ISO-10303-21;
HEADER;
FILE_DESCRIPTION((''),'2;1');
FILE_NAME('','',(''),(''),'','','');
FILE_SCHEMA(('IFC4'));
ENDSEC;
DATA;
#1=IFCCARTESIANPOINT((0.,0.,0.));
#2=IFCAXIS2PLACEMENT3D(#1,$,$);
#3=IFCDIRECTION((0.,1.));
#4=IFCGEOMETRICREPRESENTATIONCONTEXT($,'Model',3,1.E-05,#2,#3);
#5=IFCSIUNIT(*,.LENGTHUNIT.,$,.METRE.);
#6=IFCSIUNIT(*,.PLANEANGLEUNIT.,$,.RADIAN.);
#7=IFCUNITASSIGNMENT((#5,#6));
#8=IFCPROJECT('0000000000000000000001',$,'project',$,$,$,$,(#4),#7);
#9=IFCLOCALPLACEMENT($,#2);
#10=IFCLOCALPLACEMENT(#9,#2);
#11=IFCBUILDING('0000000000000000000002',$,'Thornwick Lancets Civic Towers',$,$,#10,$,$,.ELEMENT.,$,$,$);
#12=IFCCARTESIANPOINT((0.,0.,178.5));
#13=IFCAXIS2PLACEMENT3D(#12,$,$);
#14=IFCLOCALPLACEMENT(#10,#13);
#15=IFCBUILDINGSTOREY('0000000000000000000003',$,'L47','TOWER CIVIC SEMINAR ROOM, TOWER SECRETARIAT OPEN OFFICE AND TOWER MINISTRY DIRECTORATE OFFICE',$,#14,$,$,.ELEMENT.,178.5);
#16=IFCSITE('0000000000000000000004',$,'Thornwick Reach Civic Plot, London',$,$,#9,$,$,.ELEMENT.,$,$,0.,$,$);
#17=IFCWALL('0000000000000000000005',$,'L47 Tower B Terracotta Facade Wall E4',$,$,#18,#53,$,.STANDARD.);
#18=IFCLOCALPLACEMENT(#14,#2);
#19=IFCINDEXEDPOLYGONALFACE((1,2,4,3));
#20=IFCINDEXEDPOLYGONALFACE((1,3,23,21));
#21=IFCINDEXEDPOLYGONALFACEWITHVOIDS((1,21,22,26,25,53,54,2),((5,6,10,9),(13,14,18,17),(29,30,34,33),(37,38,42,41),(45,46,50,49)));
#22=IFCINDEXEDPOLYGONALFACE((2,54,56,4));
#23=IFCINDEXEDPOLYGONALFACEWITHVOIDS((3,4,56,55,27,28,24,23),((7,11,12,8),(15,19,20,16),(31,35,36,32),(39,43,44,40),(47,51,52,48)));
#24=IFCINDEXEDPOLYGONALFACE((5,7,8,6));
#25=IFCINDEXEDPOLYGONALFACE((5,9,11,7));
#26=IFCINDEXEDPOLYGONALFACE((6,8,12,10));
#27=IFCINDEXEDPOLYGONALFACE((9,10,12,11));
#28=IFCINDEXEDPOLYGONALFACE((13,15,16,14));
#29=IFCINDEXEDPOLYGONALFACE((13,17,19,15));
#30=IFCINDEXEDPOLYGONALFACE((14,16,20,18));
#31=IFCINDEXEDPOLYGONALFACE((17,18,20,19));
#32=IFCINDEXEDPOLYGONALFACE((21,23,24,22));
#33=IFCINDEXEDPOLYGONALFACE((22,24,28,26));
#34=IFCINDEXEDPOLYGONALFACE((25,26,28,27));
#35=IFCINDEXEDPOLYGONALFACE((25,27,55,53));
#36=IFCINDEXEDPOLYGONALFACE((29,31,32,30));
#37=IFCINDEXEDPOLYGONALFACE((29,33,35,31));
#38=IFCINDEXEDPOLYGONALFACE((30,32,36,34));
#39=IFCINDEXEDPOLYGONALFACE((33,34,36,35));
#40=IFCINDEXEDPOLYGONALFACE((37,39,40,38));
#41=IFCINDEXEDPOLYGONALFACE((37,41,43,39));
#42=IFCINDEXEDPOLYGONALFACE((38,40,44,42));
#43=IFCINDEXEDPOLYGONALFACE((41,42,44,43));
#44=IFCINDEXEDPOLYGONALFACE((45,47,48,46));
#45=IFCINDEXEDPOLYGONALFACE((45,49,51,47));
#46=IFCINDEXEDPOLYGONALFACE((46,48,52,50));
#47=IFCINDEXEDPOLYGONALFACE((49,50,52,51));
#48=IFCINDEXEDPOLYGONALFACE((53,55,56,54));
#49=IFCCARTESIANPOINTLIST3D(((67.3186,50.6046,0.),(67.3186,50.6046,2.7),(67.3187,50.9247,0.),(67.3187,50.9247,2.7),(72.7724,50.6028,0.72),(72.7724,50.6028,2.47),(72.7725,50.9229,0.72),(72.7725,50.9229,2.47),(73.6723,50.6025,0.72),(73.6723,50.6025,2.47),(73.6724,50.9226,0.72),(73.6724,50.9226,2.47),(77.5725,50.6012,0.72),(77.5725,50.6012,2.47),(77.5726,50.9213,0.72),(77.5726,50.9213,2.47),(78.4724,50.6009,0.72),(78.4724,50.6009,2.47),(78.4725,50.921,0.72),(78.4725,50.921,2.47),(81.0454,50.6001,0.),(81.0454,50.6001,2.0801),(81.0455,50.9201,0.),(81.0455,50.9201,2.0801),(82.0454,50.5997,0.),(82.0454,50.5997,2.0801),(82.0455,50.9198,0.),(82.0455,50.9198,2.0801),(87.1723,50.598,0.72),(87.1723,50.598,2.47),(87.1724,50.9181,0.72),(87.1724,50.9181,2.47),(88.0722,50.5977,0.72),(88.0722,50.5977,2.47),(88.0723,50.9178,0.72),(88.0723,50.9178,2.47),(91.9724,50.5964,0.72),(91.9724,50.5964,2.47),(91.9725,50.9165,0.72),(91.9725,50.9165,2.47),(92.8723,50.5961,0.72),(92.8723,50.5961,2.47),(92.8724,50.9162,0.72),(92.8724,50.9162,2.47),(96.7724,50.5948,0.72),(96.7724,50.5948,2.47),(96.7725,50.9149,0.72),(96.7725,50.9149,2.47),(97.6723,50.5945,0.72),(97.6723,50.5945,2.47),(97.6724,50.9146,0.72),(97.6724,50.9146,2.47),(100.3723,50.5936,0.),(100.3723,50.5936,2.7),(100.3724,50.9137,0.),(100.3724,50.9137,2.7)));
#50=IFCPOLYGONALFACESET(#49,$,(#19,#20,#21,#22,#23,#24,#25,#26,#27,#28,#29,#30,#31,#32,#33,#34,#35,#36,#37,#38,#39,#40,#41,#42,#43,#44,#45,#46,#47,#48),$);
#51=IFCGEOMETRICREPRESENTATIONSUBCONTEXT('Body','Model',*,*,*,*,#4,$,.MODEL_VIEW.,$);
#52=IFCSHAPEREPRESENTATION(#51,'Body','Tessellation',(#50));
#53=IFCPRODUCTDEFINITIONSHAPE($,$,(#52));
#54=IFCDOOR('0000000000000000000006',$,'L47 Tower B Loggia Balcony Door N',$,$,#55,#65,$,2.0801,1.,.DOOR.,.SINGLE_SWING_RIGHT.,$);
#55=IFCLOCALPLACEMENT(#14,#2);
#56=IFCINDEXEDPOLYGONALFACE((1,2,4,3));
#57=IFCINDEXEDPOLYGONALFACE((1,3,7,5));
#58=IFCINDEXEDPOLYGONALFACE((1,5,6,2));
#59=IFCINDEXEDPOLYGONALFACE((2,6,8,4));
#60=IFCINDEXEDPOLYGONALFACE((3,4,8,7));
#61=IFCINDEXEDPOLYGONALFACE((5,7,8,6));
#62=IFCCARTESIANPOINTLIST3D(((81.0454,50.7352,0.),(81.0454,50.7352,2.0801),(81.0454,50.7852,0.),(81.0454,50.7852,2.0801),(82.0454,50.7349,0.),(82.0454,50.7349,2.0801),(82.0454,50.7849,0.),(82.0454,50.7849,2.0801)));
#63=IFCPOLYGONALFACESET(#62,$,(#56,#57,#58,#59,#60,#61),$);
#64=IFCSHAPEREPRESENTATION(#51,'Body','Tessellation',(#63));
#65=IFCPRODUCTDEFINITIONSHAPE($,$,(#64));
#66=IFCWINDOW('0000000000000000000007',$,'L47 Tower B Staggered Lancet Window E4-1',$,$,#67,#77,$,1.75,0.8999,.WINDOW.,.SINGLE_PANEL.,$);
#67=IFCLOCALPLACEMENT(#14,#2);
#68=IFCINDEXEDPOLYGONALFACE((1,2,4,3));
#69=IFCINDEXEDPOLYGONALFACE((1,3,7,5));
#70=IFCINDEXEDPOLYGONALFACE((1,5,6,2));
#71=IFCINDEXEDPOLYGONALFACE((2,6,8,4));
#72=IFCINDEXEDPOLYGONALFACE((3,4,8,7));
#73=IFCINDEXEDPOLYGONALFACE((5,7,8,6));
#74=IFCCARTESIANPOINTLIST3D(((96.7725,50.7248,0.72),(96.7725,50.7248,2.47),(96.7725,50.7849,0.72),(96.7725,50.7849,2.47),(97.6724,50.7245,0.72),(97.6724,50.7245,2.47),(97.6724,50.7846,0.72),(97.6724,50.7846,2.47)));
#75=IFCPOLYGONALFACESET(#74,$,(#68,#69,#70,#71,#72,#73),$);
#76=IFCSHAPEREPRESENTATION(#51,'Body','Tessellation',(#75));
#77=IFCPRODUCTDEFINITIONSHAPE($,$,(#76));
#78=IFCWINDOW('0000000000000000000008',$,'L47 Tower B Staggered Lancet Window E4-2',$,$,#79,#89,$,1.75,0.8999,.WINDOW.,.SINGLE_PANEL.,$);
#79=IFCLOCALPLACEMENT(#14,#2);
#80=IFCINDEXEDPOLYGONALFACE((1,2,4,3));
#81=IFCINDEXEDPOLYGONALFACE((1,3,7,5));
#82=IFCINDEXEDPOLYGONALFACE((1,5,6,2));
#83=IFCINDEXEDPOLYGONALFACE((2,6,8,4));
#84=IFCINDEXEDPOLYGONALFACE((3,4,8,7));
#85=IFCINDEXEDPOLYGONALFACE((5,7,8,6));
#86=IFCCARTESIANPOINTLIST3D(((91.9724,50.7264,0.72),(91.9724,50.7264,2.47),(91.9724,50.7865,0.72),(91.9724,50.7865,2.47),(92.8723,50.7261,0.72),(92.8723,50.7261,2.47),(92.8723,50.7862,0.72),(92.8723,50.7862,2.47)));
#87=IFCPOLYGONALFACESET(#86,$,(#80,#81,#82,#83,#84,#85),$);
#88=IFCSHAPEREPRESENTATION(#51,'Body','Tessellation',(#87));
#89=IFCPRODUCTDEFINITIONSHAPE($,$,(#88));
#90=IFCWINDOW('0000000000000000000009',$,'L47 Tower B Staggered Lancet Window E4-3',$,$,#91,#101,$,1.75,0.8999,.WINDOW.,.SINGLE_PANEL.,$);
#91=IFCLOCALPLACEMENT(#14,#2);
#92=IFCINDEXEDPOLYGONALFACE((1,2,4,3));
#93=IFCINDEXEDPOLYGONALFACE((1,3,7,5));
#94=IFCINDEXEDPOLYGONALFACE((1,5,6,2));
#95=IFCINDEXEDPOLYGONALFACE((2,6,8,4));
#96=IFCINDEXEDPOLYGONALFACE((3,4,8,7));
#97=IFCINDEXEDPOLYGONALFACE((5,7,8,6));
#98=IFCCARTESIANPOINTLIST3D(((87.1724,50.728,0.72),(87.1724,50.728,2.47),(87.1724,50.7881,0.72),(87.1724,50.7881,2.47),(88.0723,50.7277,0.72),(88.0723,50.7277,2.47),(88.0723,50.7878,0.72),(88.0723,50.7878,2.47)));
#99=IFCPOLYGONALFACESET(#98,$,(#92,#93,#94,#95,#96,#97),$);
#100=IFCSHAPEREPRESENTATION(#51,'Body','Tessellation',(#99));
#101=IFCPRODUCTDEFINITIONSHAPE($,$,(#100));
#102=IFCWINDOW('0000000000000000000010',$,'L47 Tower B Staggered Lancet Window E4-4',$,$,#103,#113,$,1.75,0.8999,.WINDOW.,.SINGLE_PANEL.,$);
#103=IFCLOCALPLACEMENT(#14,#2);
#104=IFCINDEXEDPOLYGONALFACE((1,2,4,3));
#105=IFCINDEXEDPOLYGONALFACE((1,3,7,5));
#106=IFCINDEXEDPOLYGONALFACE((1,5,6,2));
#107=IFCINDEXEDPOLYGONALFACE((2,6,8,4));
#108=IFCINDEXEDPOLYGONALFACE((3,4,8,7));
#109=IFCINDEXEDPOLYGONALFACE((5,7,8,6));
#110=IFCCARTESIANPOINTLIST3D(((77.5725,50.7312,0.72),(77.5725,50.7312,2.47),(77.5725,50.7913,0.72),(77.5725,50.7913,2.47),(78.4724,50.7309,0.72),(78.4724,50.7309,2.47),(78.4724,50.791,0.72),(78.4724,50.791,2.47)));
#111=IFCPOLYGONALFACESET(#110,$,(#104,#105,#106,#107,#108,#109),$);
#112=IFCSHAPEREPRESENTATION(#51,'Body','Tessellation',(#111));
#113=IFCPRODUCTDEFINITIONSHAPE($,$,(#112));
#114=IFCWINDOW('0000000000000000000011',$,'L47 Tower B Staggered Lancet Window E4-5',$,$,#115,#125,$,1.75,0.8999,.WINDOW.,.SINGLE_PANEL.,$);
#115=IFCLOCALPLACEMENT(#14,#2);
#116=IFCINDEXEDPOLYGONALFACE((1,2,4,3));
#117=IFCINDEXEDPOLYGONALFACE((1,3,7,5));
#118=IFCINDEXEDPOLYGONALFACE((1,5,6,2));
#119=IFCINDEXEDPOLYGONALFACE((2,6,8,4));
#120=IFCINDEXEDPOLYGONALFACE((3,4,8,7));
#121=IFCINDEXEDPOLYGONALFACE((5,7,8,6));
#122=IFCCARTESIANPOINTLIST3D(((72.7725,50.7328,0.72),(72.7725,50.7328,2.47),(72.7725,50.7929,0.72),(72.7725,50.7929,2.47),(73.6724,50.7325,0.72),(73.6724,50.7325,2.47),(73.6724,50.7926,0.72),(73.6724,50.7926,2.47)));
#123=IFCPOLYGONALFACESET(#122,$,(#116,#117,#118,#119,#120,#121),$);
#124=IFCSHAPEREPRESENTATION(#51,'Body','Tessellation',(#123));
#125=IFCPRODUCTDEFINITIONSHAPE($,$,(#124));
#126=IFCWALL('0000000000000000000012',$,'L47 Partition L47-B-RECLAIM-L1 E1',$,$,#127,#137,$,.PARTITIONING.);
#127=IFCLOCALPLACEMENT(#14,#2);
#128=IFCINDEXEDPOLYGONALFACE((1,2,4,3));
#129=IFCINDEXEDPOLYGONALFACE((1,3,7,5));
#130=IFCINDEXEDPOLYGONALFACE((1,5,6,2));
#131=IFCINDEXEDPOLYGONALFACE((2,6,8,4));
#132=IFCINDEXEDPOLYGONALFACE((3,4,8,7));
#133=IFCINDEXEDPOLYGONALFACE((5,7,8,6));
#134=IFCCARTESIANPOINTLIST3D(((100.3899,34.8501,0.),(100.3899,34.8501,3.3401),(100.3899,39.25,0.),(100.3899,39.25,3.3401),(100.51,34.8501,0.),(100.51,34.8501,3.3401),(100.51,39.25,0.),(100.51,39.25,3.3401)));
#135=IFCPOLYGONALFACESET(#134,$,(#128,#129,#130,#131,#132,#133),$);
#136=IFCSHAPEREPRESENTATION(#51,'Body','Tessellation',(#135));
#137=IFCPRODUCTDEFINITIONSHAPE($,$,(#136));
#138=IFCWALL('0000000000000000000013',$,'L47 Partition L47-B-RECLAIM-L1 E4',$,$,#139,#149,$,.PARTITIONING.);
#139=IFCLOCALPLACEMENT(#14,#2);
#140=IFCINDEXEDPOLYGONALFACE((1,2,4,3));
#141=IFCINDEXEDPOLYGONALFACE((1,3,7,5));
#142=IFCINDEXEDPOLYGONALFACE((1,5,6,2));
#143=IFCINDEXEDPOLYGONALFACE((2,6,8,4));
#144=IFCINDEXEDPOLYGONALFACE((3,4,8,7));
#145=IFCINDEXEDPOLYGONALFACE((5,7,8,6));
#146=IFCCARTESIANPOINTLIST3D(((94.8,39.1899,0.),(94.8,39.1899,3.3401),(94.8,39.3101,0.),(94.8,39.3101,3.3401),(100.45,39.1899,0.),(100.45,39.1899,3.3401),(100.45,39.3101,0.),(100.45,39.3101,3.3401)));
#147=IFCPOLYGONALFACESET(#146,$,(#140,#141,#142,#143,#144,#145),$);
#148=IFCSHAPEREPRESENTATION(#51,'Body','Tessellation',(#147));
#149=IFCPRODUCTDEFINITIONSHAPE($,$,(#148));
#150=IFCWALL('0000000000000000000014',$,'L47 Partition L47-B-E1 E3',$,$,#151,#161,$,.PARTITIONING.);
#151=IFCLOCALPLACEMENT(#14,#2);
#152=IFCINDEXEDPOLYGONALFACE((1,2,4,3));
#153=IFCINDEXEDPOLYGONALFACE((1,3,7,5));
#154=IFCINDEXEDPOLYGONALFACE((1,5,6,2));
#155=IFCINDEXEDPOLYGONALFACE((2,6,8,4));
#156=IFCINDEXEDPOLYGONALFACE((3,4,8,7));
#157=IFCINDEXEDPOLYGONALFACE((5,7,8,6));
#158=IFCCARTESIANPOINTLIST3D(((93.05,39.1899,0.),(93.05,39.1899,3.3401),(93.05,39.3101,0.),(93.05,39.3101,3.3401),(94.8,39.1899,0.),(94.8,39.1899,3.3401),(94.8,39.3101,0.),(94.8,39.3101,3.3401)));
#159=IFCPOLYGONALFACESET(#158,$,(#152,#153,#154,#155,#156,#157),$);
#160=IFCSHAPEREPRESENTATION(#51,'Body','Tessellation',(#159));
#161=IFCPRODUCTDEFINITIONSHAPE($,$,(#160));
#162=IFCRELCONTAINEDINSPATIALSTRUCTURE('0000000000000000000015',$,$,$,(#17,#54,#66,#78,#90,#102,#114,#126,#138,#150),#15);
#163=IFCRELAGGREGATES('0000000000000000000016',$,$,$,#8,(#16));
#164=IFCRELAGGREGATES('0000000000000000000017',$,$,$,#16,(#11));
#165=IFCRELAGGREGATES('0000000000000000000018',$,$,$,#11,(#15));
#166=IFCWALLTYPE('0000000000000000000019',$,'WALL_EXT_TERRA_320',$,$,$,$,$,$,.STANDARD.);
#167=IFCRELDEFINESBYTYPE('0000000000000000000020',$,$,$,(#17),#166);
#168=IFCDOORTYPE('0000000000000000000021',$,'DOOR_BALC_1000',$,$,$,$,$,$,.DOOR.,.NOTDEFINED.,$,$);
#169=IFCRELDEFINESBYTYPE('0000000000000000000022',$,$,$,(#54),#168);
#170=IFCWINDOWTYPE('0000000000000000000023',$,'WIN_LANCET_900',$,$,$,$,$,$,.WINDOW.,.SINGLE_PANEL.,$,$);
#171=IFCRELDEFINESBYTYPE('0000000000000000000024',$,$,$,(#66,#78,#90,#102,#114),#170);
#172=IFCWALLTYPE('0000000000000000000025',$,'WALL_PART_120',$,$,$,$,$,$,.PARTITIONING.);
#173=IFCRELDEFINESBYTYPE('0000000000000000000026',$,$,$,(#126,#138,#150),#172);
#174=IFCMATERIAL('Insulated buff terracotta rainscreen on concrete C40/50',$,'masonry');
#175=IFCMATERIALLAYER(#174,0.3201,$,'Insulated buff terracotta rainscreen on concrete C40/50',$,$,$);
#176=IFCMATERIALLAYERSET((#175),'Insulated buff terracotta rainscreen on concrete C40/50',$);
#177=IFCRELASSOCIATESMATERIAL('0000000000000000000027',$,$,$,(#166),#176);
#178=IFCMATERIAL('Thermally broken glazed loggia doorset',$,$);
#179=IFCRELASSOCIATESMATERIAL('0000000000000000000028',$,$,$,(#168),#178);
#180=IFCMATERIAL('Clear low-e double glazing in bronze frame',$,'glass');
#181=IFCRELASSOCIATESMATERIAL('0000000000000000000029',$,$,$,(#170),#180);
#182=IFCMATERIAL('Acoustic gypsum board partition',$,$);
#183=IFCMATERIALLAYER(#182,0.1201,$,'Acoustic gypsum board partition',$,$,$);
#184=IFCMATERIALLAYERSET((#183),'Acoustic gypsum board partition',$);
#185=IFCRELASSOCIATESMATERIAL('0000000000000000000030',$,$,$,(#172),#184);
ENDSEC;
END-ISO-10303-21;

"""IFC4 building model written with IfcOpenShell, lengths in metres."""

from ifc_helpers import new_model, si_unit, direction, frame, frame_2d, origin, place, context, subcontext, project, spatial, rectangle, extrude, material, layer, layer_set, type_object, element, fill, save


model = new_model("IFC4")

# Units and contexts
model_context = context("Model", 3, precision=1e-05, world=origin(), true_north=direction((0.0, 1.0)))
body_context = subcontext(model_context, "Body", "Model", "MODEL_VIEW")
ifc_project = project(units=[si_unit("LENGTHUNIT", "METRE"), si_unit("PLANEANGLEUNIT", "RADIAN")], contexts=[model_context])

# Site, building, storey
site_placement = place(None, origin())
site = spatial("IfcSite", under=ifc_project, at=site_placement, Name="Thornwick Reach Civic Plot, London", CompositionType="ELEMENT", RefElevation=0.0)
building_placement = place(site_placement, origin())
building = spatial("IfcBuilding", under=site, at=building_placement, Name="Thornwick Lancets Civic Towers", CompositionType="ELEMENT")
storey_placement = place(building_placement, frame((0.0, 0.0, 178.5)))
storey = spatial("IfcBuildingStorey", under=building, at=storey_placement, Name="L47", Description="TOWER CIVIC SEMINAR ROOM, TOWER SECRETARIAT OPEN OFFICE AND TOWER MINISTRY DIRECTORATE OFFICE", CompositionType="ELEMENT", Elevation=178.5)

# Wall, openings, door, windows
ifc_material_1 = material(Name="Insulated buff terracotta rainscreen on concrete C40/50", Category="masonry")
ifc_layer_1 = layer(ifc_material_1, 0.3201, Name="Insulated buff terracotta rainscreen on concrete C40/50")
ifc_layer_set_1 = layer_set([ifc_layer_1], Name="Insulated buff terracotta rainscreen on concrete C40/50")
wall_type_1 = type_object("IfcWallType", Name="WALL_EXT_TERRA_320", PredefinedType="STANDARD", material=ifc_layer_set_1)
wall_1_placement = place(storey_placement, frame((100.3723, 50.7537, 0.0), z_axis=(0.0, 0.0, 1.0), x_axis=(-1.0, 0.000332, 0.0)))
wall_1 = element("IfcWall", 1, at=wall_1_placement, inside=storey, type_object=wall_type_1, Name="L47 Tower B Terracotta Facade Wall E4", PredefinedType="STANDARD", context=body_context, shape_type="SweptSolid", body=[
    extrude(rectangle(XDim=33.0537, YDim=0.3201, at=frame_2d((16.5269, 0.0))), origin(), (0.0, 0.0, 1.0), 2.7),
])
opening_1_placement = place(wall_1_placement, frame((18.3269, 0.0, 0.0)))
opening_1 = element("IfcOpeningElement", 2, at=opening_1_placement, cuts=wall_1, PredefinedType="OPENING", context=body_context, shape_type="SweptSolid", body=[
    extrude(rectangle(XDim=1.0, YDim=2.0801, at=frame_2d((0.5, 1.04))), frame((0.0, 0.1699, 0.0), z_axis=(0.0, -1.0, 0.0), x_axis=(1.0, 0.0, 0.0)), (0.0, 0.0, 1.0), 0.3401),
])
opening_2_placement = place(wall_1_placement, frame((2.7, 0.0, 0.72)))
opening_2 = element("IfcOpeningElement", 3, at=opening_2_placement, cuts=wall_1, PredefinedType="OPENING", context=body_context, shape_type="SweptSolid", body=[
    extrude(rectangle(XDim=0.8999, YDim=1.75, at=frame_2d((0.45, 0.875))), frame((0.0, 0.1699, 0.0), z_axis=(0.0, -1.0, 0.0), x_axis=(1.0, 0.0, 0.0)), (0.0, 0.0, 1.0), 0.3401),
])
opening_3_placement = place(wall_1_placement, frame((7.5, 0.0, 0.72)))
opening_3 = element("IfcOpeningElement", 4, at=opening_3_placement, cuts=wall_1, PredefinedType="OPENING", context=body_context, shape_type="SweptSolid", body=[
    extrude(rectangle(XDim=0.8999, YDim=1.75, at=frame_2d((0.45, 0.875))), frame((0.0, 0.1699, 0.0), z_axis=(0.0, -1.0, 0.0), x_axis=(1.0, 0.0, 0.0)), (0.0, 0.0, 1.0), 0.3401),
])
opening_4_placement = place(wall_1_placement, frame((12.3, 0.0, 0.72)))
opening_4 = element("IfcOpeningElement", 5, at=opening_4_placement, cuts=wall_1, PredefinedType="OPENING", context=body_context, shape_type="SweptSolid", body=[
    extrude(rectangle(XDim=0.8999, YDim=1.75, at=frame_2d((0.45, 0.875))), frame((0.0, 0.1699, 0.0), z_axis=(0.0, -1.0, 0.0), x_axis=(1.0, 0.0, 0.0)), (0.0, 0.0, 1.0), 0.3401),
])
opening_5_placement = place(wall_1_placement, frame((21.8999, 0.0, 0.72)))
opening_5 = element("IfcOpeningElement", 6, at=opening_5_placement, cuts=wall_1, PredefinedType="OPENING", context=body_context, shape_type="SweptSolid", body=[
    extrude(rectangle(XDim=0.8999, YDim=1.75, at=frame_2d((0.45, 0.875))), frame((0.0, 0.1699, 0.0), z_axis=(0.0, -1.0, 0.0), x_axis=(1.0, 0.0, 0.0)), (0.0, 0.0, 1.0), 0.3401),
])
opening_6_placement = place(wall_1_placement, frame((26.7, 0.0, 0.72)))
opening_6 = element("IfcOpeningElement", 7, at=opening_6_placement, cuts=wall_1, PredefinedType="OPENING", context=body_context, shape_type="SweptSolid", body=[
    extrude(rectangle(XDim=0.8999, YDim=1.75, at=frame_2d((0.45, 0.875))), frame((0.0, 0.1699, 0.0), z_axis=(0.0, -1.0, 0.0), x_axis=(1.0, 0.0, 0.0)), (0.0, 0.0, 1.0), 0.3401),
])
ifc_material_2 = material(Name="Thermally broken glazed loggia doorset")
door_type = type_object("IfcDoorType", Name="DOOR_BALC_1000", OperationType="NOTDEFINED", PredefinedType="DOOR", material=ifc_material_2)
door_placement = place(opening_1_placement, origin())
door = element("IfcDoor", 8, at=door_placement, inside=storey, type_object=door_type, Name="L47 Tower B Loggia Balcony Door N", OperationType="SINGLE_SWING_RIGHT", OverallHeight=2.0801, OverallWidth=1.0, PredefinedType="DOOR", context=body_context, shape_type="SweptSolid", body=[
    extrude(rectangle(XDim=1.0, YDim=2.0801, at=frame_2d((0.5, 1.04))), frame((0.0, 0.0249, 0.0), z_axis=(0.0, -1.0, 0.0), x_axis=(1.0, 0.0, 0.0)), (0.0, 0.0, 1.0), 0.05),
])
fill(opening_1, door)
ifc_material_3 = material(Name="Clear low-e double glazing in bronze frame", Category="glass")
window_type = type_object("IfcWindowType", Name="WIN_LANCET_900", PartitioningType="SINGLE_PANEL", PredefinedType="WINDOW", material=ifc_material_3)
window_1_placement = place(opening_2_placement, origin())
window_1 = element("IfcWindow", 9, at=window_1_placement, inside=storey, type_object=window_type, Name="L47 Tower B Staggered Lancet Window E4-1", OverallHeight=1.75, OverallWidth=0.8999, PartitioningType="SINGLE_PANEL", PredefinedType="WINDOW", context=body_context, shape_type="SweptSolid", body=[
    extrude(rectangle(XDim=0.8999, YDim=1.75, at=frame_2d((0.45, 0.875))), frame((0.0, 0.03, 0.0), z_axis=(0.0, -1.0, 0.0), x_axis=(1.0, 0.0, 0.0)), (0.0, 0.0, 1.0), 0.0601),
])
fill(opening_2, window_1)
window_2_placement = place(opening_3_placement, origin())
window_2 = element("IfcWindow", 10, at=window_2_placement, inside=storey, type_object=window_type, Name="L47 Tower B Staggered Lancet Window E4-2", OverallHeight=1.75, OverallWidth=0.8999, PartitioningType="SINGLE_PANEL", PredefinedType="WINDOW", context=body_context, shape_type="SweptSolid", body=[
    extrude(rectangle(XDim=0.8999, YDim=1.75, at=frame_2d((0.45, 0.875))), frame((0.0, 0.03, 0.0), z_axis=(0.0, -1.0, 0.0), x_axis=(1.0, 0.0, 0.0)), (0.0, 0.0, 1.0), 0.0601),
])
fill(opening_3, window_2)
window_3_placement = place(opening_4_placement, origin())
window_3 = element("IfcWindow", 11, at=window_3_placement, inside=storey, type_object=window_type, Name="L47 Tower B Staggered Lancet Window E4-3", OverallHeight=1.75, OverallWidth=0.8999, PartitioningType="SINGLE_PANEL", PredefinedType="WINDOW", context=body_context, shape_type="SweptSolid", body=[
    extrude(rectangle(XDim=0.8999, YDim=1.75, at=frame_2d((0.45, 0.875))), frame((0.0, 0.03, 0.0), z_axis=(0.0, -1.0, 0.0), x_axis=(1.0, 0.0, 0.0)), (0.0, 0.0, 1.0), 0.0601),
])
fill(opening_4, window_3)
window_4_placement = place(opening_5_placement, origin())
window_4 = element("IfcWindow", 12, at=window_4_placement, inside=storey, type_object=window_type, Name="L47 Tower B Staggered Lancet Window E4-4", OverallHeight=1.75, OverallWidth=0.8999, PartitioningType="SINGLE_PANEL", PredefinedType="WINDOW", context=body_context, shape_type="SweptSolid", body=[
    extrude(rectangle(XDim=0.8999, YDim=1.75, at=frame_2d((0.45, 0.875))), frame((0.0, 0.03, 0.0), z_axis=(0.0, -1.0, 0.0), x_axis=(1.0, 0.0, 0.0)), (0.0, 0.0, 1.0), 0.0601),
])
fill(opening_5, window_4)
window_5_placement = place(opening_6_placement, origin())
window_5 = element("IfcWindow", 13, at=window_5_placement, inside=storey, type_object=window_type, Name="L47 Tower B Staggered Lancet Window E4-5", OverallHeight=1.75, OverallWidth=0.8999, PartitioningType="SINGLE_PANEL", PredefinedType="WINDOW", context=body_context, shape_type="SweptSolid", body=[
    extrude(rectangle(XDim=0.8999, YDim=1.75, at=frame_2d((0.45, 0.875))), frame((0.0, 0.03, 0.0), z_axis=(0.0, -1.0, 0.0), x_axis=(1.0, 0.0, 0.0)), (0.0, 0.0, 1.0), 0.0601),
])
fill(opening_6, window_5)

# Walls
ifc_material_4 = material(Name="Acoustic gypsum board partition")
ifc_layer_2 = layer(ifc_material_4, 0.1201, Name="Acoustic gypsum board partition")
ifc_layer_set_2 = layer_set([ifc_layer_2], Name="Acoustic gypsum board partition")
wall_type_2 = type_object("IfcWallType", Name="WALL_PART_120", PredefinedType="PARTITIONING", material=ifc_layer_set_2)
wall_2_placement = place(storey_placement, frame((100.45, 39.25, 0.0), z_axis=(0.0, 0.0, 1.0), x_axis=(0.0, -1.0, 0.0)))
element("IfcWall", 14, at=wall_2_placement, inside=storey, type_object=wall_type_2, Name="L47 Partition L47-B-RECLAIM-L1 E1", PredefinedType="PARTITIONING", context=body_context, shape_type="SweptSolid", body=[
    extrude(rectangle(XDim=4.3999, YDim=0.1201, at=frame_2d((2.2, 0.0))), origin(), (0.0, 0.0, 1.0), 3.3401),
])
wall_3_placement = place(storey_placement, frame((94.8, 39.25, 0.0), z_axis=(0.0, 0.0, 1.0), x_axis=(1.0, 0.0, 0.0)))
element("IfcWall", 15, at=wall_3_placement, inside=storey, type_object=wall_type_2, Name="L47 Partition L47-B-RECLAIM-L1 E4", PredefinedType="PARTITIONING", context=body_context, shape_type="SweptSolid", body=[
    extrude(rectangle(XDim=5.6499, YDim=0.1201, at=frame_2d((2.825, 0.0))), origin(), (0.0, 0.0, 1.0), 3.3401),
])
wall_4_placement = place(storey_placement, frame((94.8, 39.25, 0.0), z_axis=(0.0, 0.0, 1.0), x_axis=(-1.0, 0.0, 0.0)))
element("IfcWall", 16, at=wall_4_placement, inside=storey, type_object=wall_type_2, Name="L47 Partition L47-B-E1 E3", PredefinedType="PARTITIONING", context=body_context, shape_type="SweptSolid", body=[
    extrude(rectangle(XDim=1.75, YDim=0.1201, at=frame_2d((0.875, 0.0))), origin(), (0.0, 0.0, 1.0), 3.3401),
])

save(model, "model.ifc")
